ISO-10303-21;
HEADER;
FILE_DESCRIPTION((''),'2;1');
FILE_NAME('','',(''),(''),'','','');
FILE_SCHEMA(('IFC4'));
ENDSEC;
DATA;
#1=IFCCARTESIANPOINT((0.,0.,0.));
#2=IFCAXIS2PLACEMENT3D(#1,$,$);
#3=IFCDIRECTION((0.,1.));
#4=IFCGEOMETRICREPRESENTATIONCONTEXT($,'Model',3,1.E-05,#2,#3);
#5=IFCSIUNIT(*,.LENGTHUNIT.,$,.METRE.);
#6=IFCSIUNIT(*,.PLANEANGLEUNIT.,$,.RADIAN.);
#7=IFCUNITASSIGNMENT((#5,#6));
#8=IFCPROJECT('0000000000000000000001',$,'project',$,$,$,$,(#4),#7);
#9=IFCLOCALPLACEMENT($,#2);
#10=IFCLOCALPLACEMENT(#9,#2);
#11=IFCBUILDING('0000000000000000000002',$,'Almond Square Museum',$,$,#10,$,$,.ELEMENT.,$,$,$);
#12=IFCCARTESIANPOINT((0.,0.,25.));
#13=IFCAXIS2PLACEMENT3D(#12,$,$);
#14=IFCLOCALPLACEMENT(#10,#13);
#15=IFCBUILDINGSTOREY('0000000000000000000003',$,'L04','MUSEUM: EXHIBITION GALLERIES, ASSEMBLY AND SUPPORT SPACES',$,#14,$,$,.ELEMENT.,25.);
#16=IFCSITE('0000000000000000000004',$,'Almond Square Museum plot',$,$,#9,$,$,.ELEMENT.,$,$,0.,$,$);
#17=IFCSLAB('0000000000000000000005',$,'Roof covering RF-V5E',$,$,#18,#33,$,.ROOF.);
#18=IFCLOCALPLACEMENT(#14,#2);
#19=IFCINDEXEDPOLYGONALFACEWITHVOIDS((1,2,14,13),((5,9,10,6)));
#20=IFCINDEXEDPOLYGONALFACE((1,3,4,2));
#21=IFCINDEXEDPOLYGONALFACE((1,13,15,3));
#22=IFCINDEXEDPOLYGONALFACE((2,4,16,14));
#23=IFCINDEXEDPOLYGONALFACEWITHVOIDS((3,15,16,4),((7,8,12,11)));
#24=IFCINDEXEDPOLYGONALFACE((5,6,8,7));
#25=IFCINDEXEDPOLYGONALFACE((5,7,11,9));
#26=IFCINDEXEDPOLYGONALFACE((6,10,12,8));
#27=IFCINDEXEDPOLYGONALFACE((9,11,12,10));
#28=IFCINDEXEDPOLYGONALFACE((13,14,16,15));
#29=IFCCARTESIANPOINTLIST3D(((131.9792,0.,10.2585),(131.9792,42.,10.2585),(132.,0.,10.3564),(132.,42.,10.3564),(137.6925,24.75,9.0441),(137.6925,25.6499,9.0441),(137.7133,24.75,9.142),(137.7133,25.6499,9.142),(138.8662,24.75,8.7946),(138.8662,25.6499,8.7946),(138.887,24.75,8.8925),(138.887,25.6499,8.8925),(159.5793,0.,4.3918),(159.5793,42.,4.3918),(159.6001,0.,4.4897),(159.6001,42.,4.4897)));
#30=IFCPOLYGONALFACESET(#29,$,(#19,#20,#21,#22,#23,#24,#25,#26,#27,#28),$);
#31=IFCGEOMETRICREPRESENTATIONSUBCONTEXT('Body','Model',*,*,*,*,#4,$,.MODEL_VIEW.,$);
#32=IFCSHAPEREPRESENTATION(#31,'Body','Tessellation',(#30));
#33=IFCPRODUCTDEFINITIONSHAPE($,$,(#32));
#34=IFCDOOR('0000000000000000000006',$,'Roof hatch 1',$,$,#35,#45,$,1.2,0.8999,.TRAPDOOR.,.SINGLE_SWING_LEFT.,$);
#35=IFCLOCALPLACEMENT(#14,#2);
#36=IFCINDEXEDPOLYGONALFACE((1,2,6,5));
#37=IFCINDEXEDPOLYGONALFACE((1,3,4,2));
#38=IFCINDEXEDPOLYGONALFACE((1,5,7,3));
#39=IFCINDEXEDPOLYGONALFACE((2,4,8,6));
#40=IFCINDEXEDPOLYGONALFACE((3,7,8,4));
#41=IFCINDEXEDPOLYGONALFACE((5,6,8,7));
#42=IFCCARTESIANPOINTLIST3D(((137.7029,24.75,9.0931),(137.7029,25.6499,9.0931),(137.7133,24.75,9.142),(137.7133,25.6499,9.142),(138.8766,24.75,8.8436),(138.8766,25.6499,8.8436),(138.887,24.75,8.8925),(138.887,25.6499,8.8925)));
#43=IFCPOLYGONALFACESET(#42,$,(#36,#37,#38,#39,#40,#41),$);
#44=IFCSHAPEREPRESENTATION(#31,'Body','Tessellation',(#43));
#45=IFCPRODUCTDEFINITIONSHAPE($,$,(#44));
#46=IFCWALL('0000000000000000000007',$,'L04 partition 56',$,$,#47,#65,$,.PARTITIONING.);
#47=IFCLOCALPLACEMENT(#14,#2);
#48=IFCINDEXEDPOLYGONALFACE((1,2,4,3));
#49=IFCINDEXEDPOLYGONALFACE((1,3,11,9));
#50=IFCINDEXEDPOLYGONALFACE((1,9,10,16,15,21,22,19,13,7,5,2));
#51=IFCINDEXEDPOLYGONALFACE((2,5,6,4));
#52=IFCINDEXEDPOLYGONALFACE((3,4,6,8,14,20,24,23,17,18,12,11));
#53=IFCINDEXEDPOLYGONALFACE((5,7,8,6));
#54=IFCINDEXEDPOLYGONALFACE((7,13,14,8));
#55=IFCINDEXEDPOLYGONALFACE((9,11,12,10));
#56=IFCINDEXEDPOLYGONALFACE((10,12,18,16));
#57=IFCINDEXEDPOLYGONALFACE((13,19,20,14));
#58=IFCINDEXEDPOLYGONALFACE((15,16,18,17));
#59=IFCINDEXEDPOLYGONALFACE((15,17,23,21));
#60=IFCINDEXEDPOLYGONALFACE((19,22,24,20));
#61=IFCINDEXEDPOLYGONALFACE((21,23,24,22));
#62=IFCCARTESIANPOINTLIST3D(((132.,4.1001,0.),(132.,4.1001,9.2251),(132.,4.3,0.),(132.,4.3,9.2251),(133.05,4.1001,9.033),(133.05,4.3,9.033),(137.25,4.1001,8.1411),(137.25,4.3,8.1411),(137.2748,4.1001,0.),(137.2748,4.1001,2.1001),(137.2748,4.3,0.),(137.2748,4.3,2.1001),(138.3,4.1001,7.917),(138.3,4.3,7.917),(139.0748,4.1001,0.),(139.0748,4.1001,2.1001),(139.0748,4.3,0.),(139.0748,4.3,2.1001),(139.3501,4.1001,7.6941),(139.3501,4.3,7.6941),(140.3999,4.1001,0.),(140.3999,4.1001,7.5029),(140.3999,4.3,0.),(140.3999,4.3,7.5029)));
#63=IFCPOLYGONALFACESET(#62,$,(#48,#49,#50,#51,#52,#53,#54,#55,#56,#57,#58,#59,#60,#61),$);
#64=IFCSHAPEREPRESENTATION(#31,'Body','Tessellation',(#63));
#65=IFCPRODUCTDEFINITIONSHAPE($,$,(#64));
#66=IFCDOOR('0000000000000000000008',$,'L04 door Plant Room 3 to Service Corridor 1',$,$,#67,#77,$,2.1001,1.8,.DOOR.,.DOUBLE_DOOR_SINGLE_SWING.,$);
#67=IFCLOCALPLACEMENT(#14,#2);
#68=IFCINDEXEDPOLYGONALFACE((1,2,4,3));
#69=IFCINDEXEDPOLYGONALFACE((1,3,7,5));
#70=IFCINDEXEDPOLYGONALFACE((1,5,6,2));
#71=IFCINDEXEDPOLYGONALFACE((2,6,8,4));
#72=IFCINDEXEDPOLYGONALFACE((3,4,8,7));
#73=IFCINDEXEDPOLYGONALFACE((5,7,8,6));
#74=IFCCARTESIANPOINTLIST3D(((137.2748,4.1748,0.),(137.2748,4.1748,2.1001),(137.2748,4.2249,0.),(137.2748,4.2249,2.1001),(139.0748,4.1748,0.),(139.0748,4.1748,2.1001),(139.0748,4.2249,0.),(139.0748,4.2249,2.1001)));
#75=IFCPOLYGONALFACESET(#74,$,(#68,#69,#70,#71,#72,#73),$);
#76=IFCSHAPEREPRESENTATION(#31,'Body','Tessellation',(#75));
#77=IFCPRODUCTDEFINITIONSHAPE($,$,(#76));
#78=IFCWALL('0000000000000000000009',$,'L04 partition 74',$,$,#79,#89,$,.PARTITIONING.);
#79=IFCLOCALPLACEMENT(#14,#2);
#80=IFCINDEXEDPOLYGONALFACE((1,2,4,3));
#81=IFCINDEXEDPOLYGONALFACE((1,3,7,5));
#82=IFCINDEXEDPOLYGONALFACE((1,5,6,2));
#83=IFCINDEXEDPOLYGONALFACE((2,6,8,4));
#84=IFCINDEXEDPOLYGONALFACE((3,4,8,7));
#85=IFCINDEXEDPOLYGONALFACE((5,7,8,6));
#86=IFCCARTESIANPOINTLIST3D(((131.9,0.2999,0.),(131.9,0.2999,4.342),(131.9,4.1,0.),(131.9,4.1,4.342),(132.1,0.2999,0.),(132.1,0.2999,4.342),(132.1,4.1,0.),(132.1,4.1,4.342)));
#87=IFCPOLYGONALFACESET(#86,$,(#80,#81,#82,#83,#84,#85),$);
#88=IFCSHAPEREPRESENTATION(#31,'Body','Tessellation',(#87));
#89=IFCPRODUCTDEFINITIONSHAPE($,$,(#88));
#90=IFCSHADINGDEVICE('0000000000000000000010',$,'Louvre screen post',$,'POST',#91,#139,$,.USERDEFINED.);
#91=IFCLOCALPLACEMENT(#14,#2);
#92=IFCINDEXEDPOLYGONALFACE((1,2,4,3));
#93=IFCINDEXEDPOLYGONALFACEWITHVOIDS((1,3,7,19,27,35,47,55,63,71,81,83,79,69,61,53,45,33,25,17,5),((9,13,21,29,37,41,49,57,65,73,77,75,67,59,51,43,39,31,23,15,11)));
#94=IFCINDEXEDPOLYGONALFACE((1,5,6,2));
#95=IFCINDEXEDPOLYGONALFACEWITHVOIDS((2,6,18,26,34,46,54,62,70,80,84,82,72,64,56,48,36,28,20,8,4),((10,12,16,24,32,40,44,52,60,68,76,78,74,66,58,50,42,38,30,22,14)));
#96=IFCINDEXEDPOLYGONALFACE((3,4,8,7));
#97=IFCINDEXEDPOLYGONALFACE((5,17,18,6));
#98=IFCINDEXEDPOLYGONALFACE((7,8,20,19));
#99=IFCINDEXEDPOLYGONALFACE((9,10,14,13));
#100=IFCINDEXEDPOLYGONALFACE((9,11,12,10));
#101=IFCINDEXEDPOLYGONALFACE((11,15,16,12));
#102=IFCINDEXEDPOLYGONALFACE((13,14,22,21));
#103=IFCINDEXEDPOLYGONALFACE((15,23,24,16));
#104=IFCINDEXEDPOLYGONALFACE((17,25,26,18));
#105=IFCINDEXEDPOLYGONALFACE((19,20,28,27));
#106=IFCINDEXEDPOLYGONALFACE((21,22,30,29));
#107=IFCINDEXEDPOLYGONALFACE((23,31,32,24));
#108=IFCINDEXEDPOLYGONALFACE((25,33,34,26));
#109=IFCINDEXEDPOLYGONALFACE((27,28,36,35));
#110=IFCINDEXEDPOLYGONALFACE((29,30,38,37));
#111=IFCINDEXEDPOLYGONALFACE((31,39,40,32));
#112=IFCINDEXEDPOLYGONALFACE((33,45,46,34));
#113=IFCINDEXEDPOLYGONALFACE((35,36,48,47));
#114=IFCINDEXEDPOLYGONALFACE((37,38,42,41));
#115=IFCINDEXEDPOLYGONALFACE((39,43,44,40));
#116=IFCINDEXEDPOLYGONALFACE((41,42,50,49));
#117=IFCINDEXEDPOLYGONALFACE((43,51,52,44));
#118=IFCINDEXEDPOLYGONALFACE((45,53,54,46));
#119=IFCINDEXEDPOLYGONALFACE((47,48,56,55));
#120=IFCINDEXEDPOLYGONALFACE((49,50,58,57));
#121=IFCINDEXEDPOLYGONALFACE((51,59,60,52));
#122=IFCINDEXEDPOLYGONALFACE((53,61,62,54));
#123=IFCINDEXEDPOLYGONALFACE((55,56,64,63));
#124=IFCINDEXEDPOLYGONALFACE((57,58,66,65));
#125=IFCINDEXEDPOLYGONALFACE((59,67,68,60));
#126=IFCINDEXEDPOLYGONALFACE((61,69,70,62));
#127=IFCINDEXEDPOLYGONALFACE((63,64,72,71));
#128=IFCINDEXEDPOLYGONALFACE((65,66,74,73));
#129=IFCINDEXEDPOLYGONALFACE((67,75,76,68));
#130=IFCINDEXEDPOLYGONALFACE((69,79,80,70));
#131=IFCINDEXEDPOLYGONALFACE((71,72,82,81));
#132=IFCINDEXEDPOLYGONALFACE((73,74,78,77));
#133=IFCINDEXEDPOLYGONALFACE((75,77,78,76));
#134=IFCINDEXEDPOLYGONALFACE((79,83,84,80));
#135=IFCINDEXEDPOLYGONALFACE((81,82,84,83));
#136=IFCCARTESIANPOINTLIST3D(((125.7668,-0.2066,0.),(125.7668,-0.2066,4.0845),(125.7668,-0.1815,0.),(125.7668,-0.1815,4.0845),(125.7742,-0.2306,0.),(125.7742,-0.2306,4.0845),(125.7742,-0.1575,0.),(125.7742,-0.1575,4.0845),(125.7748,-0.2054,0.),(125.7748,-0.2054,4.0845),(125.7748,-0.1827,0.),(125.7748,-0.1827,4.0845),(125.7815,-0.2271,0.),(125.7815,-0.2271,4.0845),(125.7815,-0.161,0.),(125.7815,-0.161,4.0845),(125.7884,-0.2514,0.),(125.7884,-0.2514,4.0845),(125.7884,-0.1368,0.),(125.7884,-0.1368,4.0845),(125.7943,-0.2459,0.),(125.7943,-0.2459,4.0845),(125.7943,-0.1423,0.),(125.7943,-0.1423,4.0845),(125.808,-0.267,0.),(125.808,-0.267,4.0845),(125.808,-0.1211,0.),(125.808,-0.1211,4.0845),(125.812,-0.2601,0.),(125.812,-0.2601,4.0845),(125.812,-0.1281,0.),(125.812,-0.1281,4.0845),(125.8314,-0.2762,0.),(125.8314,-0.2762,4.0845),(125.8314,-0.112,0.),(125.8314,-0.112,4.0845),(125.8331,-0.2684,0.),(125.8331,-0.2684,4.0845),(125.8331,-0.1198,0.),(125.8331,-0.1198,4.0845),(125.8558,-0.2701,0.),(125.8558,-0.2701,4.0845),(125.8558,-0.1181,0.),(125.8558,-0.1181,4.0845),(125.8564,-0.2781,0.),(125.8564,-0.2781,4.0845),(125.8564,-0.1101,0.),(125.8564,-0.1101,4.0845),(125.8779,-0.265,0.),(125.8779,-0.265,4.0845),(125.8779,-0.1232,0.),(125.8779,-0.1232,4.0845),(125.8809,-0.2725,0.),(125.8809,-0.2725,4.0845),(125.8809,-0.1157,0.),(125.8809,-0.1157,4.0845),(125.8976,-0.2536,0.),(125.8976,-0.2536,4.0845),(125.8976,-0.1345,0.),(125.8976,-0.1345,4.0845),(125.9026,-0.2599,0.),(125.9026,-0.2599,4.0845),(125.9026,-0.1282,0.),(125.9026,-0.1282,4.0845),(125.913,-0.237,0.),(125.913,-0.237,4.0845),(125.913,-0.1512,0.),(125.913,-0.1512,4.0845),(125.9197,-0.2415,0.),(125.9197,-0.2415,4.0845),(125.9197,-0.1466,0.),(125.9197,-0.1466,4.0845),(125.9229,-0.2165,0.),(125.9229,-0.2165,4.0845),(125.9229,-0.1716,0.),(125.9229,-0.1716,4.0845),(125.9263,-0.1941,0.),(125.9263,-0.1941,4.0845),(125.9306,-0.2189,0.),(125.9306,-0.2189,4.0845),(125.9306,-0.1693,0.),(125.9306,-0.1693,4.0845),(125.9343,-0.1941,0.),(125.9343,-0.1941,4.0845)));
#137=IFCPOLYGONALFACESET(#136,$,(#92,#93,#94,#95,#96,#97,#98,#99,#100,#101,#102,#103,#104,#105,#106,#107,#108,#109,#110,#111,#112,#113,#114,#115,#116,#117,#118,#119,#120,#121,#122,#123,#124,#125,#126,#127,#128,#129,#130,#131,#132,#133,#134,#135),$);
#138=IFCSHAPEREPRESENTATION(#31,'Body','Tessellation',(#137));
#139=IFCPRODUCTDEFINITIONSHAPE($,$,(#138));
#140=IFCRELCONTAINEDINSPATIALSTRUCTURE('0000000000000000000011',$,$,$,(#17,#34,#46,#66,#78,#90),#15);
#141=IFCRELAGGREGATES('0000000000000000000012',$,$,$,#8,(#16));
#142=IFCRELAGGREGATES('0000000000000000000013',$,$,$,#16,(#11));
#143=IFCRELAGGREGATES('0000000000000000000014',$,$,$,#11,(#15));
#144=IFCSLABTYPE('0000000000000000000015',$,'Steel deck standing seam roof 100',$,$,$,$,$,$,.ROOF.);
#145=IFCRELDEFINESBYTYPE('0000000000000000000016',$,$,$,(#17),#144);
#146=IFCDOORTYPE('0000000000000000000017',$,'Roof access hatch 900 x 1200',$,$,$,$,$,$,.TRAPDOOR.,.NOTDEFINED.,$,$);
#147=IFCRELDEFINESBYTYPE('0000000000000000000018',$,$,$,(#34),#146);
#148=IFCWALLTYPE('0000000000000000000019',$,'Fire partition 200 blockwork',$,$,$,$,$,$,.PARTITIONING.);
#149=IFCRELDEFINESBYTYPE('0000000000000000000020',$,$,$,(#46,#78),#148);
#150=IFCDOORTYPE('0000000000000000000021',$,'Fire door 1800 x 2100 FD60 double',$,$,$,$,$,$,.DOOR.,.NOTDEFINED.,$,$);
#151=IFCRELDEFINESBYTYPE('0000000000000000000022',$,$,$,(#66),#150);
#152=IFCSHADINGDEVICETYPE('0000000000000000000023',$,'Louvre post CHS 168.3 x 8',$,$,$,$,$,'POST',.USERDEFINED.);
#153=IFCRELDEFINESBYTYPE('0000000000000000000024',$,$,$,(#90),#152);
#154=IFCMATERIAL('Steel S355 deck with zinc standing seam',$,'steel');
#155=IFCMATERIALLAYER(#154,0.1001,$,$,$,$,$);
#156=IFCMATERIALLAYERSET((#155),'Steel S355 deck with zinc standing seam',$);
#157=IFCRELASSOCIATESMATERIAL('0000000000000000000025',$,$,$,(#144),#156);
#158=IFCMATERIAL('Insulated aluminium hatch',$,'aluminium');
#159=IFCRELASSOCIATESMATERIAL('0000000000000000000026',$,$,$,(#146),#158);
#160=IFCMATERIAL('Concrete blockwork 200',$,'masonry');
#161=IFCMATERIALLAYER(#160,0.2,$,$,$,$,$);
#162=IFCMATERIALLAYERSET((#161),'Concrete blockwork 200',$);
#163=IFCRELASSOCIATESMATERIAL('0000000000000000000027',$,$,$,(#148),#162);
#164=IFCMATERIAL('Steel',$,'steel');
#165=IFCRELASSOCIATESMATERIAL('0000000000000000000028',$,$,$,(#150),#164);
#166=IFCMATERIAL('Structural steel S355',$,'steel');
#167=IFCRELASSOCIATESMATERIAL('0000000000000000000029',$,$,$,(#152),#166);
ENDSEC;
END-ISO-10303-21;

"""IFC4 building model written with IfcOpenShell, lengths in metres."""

from ifc_helpers import new_model, si_unit, direction, frame, frame_2d, origin, origin_2d, place, context, subcontext, project, spatial, polyline, rectangle, hollow_circle, outline, extrude, material, layer, layer_set, material_profile, profile_set, type_object, element, fill, save


model = new_model("IFC4")

# Units and contexts
model_context = context("Model", 3, precision=1e-05, world=origin(), true_north=direction((0.0, 1.0)))
body_context = subcontext(model_context, "Body", "Model", "MODEL_VIEW")
ifc_project = project(units=[si_unit("LENGTHUNIT", "METRE"), si_unit("PLANEANGLEUNIT", "RADIAN")], contexts=[model_context])

# Site, building, storey
site_placement = place(None, origin())
site = spatial("IfcSite", under=ifc_project, at=site_placement, Name="Almond Square Museum plot", CompositionType="ELEMENT", RefElevation=0.0)
building_placement = place(site_placement, origin())
building = spatial("IfcBuilding", under=site, at=building_placement, Name="Almond Square Museum", CompositionType="ELEMENT")
storey_placement = place(building_placement, frame((0.0, 0.0, 25.0)))
storey = spatial("IfcBuildingStorey", under=building, at=storey_placement, Name="L04", Description="MUSEUM: EXHIBITION GALLERIES, ASSEMBLY AND SUPPORT SPACES", CompositionType="ELEMENT", Elevation=25.0)

# Slab, opening, door
ifc_material_1 = material(Name="Steel S355 deck with zinc standing seam", Category="steel")
ifc_layer_1 = layer(ifc_material_1, 0.1001)
ifc_layer_set_1 = layer_set([ifc_layer_1], Name="Steel S355 deck with zinc standing seam")
slab_type = type_object("IfcSlabType", Name="Steel deck standing seam roof 100", PredefinedType="ROOF", material=ifc_layer_set_1)
slab_placement = place(storey_placement, frame((132.0, 0.0, 10.3564), z_axis=(0.207916, 0.0, 0.978147), x_axis=(0.978147, 0.0, -0.207916)))
slab = element("IfcSlab", 1, at=slab_placement, inside=storey, type_object=slab_type, Name="Roof covering RF-V5E", PredefinedType="ROOF", context=body_context, shape_type="SweptSolid", body=[
    extrude(outline(polyline([(0.0, 0.0), (28.2167, 0.0), (28.2167, 42.0), (0.0, 42.0), (0.0, 0.0)])), origin(), (0.0, 0.0, -1.0), 0.1001),
])
opening_1_placement = place(slab_placement, frame((6.4409, 25.2, 0.01), z_axis=(0.0, 0.0, -1.0), x_axis=(0.0, 1.0, 0.0)))
opening_1 = element("IfcOpeningElement", 2, at=opening_1_placement, cuts=slab, PredefinedType="OPENING", context=body_context, shape_type="SweptSolid", body=[
    extrude(rectangle(XDim=0.8999, YDim=1.2, at=origin_2d()), origin(), (0.0, 0.0, 1.0), 0.1201),
])
ifc_material_2 = material(Name="Insulated aluminium hatch", Category="aluminium")
door_type_1 = type_object("IfcDoorType", Name="Roof access hatch 900 x 1200", OperationType="NOTDEFINED", PredefinedType="TRAPDOOR", material=ifc_material_2)
door_1_placement = place(opening_1_placement, frame((0.0, 0.0, 0.01)))
door_1 = element("IfcDoor", 3, at=door_1_placement, inside=storey, type_object=door_type_1, Name="Roof hatch 1", OperationType="SINGLE_SWING_LEFT", OverallHeight=1.2, OverallWidth=0.8999, PredefinedType="TRAPDOOR", context=body_context, shape_type="SweptSolid", body=[
    extrude(rectangle(XDim=0.8999, YDim=1.2, at=origin_2d()), origin(), (0.0, 0.0, 1.0), 0.05),
])
fill(opening_1, door_1)

# Wall, opening, door
ifc_material_3 = material(Name="Concrete blockwork 200", Category="masonry")
ifc_layer_2 = layer(ifc_material_3, 0.2)
ifc_layer_set_2 = layer_set([ifc_layer_2], Name="Concrete blockwork 200")
wall_type = type_object("IfcWallType", Name="Fire partition 200 blockwork", PredefinedType="PARTITIONING", material=ifc_layer_set_2)
wall_1_placement = place(storey_placement, frame((132.0, 4.2, 0.0), z_axis=(0.0, 0.0, 1.0), x_axis=(1.0, 0.0, 0.0)))
wall_1 = element("IfcWall", 4, at=wall_1_placement, inside=storey, type_object=wall_type, Name="L04 partition 56", PredefinedType="PARTITIONING", context=body_context, shape_type="SweptSolid", body=[
    extrude(outline(polyline([(0.0, 0.0), (8.3999, 0.0), (8.3999, 7.5029), (7.3501, 7.6941), (6.3, 7.917), (5.25, 8.1411), (1.05, 9.033), (0.0, 9.2251), (0.0, 0.0)])), frame((0.0, 0.1001, 0.0), z_axis=(0.0, -1.0, 0.0), x_axis=(1.0, 0.0, 0.0)), (0.0, 0.0, 1.0), 0.2),
])
opening_2_placement = place(wall_1_placement, frame((5.2749, 0.0, 0.0)))
opening_2 = element("IfcOpeningElement", 5, at=opening_2_placement, cuts=wall_1, PredefinedType="OPENING", context=body_context, shape_type="SweptSolid", body=[
    extrude(rectangle(XDim=1.8, YDim=2.1001, at=frame_2d((0.8999, 1.05))), frame((0.0, 0.1099, 0.0), z_axis=(0.0, -1.0, 0.0), x_axis=(1.0, 0.0, 0.0)), (0.0, 0.0, 1.0), 0.22),
])
ifc_material_4 = material(Name="Steel", Category="steel")
door_type_2 = type_object("IfcDoorType", Name="Fire door 1800 x 2100 FD60 double", OperationType="NOTDEFINED", PredefinedType="DOOR", material=ifc_material_4)
door_2_placement = place(opening_2_placement, origin())
door_2 = element("IfcDoor", 6, at=door_2_placement, inside=storey, type_object=door_type_2, Name="L04 door Plant Room 3 to Service Corridor 1", OperationType="DOUBLE_DOOR_SINGLE_SWING", OverallHeight=2.1001, OverallWidth=1.8, PredefinedType="DOOR", context=body_context, shape_type="SweptSolid", body=[
    extrude(rectangle(XDim=1.8, YDim=2.1001, at=frame_2d((0.8999, 1.05))), frame((0.0, 0.0249, 0.0), z_axis=(0.0, -1.0, 0.0), x_axis=(1.0, 0.0, 0.0)), (0.0, 0.0, 1.0), 0.05),
])
fill(opening_2, door_2)

# Wall
wall_2_placement = place(storey_placement, frame((132.0, 0.3, 0.0), z_axis=(0.0, 0.0, 1.0), x_axis=(0.0, 1.0, 0.0)))
element("IfcWall", 7, at=wall_2_placement, inside=storey, type_object=wall_type, Name="L04 partition 74", PredefinedType="PARTITIONING", context=body_context, shape_type="SweptSolid", body=[
    extrude(rectangle(XDim=3.8, YDim=0.2, at=frame_2d((1.8999, 0.0))), origin(), (0.0, 0.0, 1.0), 4.342),
])

# Shading device
ifc_material_5 = material(Name="Structural steel S355", Category="steel")
ifc_material_profile_1 = material_profile(ifc_material_5, hollow_circle(Radius=0.0842, WallThickness=0.0081, at=origin_2d()))
ifc_profile_set_1 = profile_set([ifc_material_profile_1], Name="Structural steel S355")
shading_device_type_1 = type_object("IfcShadingDeviceType", Name="Louvre post CHS 168.3 x 8", ElementType="POST", PredefinedType="USERDEFINED", material=ifc_profile_set_1)
for number, where, z_axis, x_axis, name in (
    (8, (125.8501, -0.1941, 0.0), (0.0, 0.0, 1.0), (1.0, 0.0, 0.0), "Louvre screen post"),
):
    element("IfcShadingDevice", number, at=place(storey_placement, frame(where, z_axis=z_axis, x_axis=x_axis)), inside=storey, type_object=shading_device_type_1, Name=name, ObjectType="POST", PredefinedType="USERDEFINED", context=body_context, shape_type="SweptSolid", body=[
        extrude(hollow_circle(Radius=0.0842, WallThickness=0.0081, at=origin_2d()), origin(), (0.0, 0.0, 1.0), 4.0845),
    ])

save(model, "model.ifc")
